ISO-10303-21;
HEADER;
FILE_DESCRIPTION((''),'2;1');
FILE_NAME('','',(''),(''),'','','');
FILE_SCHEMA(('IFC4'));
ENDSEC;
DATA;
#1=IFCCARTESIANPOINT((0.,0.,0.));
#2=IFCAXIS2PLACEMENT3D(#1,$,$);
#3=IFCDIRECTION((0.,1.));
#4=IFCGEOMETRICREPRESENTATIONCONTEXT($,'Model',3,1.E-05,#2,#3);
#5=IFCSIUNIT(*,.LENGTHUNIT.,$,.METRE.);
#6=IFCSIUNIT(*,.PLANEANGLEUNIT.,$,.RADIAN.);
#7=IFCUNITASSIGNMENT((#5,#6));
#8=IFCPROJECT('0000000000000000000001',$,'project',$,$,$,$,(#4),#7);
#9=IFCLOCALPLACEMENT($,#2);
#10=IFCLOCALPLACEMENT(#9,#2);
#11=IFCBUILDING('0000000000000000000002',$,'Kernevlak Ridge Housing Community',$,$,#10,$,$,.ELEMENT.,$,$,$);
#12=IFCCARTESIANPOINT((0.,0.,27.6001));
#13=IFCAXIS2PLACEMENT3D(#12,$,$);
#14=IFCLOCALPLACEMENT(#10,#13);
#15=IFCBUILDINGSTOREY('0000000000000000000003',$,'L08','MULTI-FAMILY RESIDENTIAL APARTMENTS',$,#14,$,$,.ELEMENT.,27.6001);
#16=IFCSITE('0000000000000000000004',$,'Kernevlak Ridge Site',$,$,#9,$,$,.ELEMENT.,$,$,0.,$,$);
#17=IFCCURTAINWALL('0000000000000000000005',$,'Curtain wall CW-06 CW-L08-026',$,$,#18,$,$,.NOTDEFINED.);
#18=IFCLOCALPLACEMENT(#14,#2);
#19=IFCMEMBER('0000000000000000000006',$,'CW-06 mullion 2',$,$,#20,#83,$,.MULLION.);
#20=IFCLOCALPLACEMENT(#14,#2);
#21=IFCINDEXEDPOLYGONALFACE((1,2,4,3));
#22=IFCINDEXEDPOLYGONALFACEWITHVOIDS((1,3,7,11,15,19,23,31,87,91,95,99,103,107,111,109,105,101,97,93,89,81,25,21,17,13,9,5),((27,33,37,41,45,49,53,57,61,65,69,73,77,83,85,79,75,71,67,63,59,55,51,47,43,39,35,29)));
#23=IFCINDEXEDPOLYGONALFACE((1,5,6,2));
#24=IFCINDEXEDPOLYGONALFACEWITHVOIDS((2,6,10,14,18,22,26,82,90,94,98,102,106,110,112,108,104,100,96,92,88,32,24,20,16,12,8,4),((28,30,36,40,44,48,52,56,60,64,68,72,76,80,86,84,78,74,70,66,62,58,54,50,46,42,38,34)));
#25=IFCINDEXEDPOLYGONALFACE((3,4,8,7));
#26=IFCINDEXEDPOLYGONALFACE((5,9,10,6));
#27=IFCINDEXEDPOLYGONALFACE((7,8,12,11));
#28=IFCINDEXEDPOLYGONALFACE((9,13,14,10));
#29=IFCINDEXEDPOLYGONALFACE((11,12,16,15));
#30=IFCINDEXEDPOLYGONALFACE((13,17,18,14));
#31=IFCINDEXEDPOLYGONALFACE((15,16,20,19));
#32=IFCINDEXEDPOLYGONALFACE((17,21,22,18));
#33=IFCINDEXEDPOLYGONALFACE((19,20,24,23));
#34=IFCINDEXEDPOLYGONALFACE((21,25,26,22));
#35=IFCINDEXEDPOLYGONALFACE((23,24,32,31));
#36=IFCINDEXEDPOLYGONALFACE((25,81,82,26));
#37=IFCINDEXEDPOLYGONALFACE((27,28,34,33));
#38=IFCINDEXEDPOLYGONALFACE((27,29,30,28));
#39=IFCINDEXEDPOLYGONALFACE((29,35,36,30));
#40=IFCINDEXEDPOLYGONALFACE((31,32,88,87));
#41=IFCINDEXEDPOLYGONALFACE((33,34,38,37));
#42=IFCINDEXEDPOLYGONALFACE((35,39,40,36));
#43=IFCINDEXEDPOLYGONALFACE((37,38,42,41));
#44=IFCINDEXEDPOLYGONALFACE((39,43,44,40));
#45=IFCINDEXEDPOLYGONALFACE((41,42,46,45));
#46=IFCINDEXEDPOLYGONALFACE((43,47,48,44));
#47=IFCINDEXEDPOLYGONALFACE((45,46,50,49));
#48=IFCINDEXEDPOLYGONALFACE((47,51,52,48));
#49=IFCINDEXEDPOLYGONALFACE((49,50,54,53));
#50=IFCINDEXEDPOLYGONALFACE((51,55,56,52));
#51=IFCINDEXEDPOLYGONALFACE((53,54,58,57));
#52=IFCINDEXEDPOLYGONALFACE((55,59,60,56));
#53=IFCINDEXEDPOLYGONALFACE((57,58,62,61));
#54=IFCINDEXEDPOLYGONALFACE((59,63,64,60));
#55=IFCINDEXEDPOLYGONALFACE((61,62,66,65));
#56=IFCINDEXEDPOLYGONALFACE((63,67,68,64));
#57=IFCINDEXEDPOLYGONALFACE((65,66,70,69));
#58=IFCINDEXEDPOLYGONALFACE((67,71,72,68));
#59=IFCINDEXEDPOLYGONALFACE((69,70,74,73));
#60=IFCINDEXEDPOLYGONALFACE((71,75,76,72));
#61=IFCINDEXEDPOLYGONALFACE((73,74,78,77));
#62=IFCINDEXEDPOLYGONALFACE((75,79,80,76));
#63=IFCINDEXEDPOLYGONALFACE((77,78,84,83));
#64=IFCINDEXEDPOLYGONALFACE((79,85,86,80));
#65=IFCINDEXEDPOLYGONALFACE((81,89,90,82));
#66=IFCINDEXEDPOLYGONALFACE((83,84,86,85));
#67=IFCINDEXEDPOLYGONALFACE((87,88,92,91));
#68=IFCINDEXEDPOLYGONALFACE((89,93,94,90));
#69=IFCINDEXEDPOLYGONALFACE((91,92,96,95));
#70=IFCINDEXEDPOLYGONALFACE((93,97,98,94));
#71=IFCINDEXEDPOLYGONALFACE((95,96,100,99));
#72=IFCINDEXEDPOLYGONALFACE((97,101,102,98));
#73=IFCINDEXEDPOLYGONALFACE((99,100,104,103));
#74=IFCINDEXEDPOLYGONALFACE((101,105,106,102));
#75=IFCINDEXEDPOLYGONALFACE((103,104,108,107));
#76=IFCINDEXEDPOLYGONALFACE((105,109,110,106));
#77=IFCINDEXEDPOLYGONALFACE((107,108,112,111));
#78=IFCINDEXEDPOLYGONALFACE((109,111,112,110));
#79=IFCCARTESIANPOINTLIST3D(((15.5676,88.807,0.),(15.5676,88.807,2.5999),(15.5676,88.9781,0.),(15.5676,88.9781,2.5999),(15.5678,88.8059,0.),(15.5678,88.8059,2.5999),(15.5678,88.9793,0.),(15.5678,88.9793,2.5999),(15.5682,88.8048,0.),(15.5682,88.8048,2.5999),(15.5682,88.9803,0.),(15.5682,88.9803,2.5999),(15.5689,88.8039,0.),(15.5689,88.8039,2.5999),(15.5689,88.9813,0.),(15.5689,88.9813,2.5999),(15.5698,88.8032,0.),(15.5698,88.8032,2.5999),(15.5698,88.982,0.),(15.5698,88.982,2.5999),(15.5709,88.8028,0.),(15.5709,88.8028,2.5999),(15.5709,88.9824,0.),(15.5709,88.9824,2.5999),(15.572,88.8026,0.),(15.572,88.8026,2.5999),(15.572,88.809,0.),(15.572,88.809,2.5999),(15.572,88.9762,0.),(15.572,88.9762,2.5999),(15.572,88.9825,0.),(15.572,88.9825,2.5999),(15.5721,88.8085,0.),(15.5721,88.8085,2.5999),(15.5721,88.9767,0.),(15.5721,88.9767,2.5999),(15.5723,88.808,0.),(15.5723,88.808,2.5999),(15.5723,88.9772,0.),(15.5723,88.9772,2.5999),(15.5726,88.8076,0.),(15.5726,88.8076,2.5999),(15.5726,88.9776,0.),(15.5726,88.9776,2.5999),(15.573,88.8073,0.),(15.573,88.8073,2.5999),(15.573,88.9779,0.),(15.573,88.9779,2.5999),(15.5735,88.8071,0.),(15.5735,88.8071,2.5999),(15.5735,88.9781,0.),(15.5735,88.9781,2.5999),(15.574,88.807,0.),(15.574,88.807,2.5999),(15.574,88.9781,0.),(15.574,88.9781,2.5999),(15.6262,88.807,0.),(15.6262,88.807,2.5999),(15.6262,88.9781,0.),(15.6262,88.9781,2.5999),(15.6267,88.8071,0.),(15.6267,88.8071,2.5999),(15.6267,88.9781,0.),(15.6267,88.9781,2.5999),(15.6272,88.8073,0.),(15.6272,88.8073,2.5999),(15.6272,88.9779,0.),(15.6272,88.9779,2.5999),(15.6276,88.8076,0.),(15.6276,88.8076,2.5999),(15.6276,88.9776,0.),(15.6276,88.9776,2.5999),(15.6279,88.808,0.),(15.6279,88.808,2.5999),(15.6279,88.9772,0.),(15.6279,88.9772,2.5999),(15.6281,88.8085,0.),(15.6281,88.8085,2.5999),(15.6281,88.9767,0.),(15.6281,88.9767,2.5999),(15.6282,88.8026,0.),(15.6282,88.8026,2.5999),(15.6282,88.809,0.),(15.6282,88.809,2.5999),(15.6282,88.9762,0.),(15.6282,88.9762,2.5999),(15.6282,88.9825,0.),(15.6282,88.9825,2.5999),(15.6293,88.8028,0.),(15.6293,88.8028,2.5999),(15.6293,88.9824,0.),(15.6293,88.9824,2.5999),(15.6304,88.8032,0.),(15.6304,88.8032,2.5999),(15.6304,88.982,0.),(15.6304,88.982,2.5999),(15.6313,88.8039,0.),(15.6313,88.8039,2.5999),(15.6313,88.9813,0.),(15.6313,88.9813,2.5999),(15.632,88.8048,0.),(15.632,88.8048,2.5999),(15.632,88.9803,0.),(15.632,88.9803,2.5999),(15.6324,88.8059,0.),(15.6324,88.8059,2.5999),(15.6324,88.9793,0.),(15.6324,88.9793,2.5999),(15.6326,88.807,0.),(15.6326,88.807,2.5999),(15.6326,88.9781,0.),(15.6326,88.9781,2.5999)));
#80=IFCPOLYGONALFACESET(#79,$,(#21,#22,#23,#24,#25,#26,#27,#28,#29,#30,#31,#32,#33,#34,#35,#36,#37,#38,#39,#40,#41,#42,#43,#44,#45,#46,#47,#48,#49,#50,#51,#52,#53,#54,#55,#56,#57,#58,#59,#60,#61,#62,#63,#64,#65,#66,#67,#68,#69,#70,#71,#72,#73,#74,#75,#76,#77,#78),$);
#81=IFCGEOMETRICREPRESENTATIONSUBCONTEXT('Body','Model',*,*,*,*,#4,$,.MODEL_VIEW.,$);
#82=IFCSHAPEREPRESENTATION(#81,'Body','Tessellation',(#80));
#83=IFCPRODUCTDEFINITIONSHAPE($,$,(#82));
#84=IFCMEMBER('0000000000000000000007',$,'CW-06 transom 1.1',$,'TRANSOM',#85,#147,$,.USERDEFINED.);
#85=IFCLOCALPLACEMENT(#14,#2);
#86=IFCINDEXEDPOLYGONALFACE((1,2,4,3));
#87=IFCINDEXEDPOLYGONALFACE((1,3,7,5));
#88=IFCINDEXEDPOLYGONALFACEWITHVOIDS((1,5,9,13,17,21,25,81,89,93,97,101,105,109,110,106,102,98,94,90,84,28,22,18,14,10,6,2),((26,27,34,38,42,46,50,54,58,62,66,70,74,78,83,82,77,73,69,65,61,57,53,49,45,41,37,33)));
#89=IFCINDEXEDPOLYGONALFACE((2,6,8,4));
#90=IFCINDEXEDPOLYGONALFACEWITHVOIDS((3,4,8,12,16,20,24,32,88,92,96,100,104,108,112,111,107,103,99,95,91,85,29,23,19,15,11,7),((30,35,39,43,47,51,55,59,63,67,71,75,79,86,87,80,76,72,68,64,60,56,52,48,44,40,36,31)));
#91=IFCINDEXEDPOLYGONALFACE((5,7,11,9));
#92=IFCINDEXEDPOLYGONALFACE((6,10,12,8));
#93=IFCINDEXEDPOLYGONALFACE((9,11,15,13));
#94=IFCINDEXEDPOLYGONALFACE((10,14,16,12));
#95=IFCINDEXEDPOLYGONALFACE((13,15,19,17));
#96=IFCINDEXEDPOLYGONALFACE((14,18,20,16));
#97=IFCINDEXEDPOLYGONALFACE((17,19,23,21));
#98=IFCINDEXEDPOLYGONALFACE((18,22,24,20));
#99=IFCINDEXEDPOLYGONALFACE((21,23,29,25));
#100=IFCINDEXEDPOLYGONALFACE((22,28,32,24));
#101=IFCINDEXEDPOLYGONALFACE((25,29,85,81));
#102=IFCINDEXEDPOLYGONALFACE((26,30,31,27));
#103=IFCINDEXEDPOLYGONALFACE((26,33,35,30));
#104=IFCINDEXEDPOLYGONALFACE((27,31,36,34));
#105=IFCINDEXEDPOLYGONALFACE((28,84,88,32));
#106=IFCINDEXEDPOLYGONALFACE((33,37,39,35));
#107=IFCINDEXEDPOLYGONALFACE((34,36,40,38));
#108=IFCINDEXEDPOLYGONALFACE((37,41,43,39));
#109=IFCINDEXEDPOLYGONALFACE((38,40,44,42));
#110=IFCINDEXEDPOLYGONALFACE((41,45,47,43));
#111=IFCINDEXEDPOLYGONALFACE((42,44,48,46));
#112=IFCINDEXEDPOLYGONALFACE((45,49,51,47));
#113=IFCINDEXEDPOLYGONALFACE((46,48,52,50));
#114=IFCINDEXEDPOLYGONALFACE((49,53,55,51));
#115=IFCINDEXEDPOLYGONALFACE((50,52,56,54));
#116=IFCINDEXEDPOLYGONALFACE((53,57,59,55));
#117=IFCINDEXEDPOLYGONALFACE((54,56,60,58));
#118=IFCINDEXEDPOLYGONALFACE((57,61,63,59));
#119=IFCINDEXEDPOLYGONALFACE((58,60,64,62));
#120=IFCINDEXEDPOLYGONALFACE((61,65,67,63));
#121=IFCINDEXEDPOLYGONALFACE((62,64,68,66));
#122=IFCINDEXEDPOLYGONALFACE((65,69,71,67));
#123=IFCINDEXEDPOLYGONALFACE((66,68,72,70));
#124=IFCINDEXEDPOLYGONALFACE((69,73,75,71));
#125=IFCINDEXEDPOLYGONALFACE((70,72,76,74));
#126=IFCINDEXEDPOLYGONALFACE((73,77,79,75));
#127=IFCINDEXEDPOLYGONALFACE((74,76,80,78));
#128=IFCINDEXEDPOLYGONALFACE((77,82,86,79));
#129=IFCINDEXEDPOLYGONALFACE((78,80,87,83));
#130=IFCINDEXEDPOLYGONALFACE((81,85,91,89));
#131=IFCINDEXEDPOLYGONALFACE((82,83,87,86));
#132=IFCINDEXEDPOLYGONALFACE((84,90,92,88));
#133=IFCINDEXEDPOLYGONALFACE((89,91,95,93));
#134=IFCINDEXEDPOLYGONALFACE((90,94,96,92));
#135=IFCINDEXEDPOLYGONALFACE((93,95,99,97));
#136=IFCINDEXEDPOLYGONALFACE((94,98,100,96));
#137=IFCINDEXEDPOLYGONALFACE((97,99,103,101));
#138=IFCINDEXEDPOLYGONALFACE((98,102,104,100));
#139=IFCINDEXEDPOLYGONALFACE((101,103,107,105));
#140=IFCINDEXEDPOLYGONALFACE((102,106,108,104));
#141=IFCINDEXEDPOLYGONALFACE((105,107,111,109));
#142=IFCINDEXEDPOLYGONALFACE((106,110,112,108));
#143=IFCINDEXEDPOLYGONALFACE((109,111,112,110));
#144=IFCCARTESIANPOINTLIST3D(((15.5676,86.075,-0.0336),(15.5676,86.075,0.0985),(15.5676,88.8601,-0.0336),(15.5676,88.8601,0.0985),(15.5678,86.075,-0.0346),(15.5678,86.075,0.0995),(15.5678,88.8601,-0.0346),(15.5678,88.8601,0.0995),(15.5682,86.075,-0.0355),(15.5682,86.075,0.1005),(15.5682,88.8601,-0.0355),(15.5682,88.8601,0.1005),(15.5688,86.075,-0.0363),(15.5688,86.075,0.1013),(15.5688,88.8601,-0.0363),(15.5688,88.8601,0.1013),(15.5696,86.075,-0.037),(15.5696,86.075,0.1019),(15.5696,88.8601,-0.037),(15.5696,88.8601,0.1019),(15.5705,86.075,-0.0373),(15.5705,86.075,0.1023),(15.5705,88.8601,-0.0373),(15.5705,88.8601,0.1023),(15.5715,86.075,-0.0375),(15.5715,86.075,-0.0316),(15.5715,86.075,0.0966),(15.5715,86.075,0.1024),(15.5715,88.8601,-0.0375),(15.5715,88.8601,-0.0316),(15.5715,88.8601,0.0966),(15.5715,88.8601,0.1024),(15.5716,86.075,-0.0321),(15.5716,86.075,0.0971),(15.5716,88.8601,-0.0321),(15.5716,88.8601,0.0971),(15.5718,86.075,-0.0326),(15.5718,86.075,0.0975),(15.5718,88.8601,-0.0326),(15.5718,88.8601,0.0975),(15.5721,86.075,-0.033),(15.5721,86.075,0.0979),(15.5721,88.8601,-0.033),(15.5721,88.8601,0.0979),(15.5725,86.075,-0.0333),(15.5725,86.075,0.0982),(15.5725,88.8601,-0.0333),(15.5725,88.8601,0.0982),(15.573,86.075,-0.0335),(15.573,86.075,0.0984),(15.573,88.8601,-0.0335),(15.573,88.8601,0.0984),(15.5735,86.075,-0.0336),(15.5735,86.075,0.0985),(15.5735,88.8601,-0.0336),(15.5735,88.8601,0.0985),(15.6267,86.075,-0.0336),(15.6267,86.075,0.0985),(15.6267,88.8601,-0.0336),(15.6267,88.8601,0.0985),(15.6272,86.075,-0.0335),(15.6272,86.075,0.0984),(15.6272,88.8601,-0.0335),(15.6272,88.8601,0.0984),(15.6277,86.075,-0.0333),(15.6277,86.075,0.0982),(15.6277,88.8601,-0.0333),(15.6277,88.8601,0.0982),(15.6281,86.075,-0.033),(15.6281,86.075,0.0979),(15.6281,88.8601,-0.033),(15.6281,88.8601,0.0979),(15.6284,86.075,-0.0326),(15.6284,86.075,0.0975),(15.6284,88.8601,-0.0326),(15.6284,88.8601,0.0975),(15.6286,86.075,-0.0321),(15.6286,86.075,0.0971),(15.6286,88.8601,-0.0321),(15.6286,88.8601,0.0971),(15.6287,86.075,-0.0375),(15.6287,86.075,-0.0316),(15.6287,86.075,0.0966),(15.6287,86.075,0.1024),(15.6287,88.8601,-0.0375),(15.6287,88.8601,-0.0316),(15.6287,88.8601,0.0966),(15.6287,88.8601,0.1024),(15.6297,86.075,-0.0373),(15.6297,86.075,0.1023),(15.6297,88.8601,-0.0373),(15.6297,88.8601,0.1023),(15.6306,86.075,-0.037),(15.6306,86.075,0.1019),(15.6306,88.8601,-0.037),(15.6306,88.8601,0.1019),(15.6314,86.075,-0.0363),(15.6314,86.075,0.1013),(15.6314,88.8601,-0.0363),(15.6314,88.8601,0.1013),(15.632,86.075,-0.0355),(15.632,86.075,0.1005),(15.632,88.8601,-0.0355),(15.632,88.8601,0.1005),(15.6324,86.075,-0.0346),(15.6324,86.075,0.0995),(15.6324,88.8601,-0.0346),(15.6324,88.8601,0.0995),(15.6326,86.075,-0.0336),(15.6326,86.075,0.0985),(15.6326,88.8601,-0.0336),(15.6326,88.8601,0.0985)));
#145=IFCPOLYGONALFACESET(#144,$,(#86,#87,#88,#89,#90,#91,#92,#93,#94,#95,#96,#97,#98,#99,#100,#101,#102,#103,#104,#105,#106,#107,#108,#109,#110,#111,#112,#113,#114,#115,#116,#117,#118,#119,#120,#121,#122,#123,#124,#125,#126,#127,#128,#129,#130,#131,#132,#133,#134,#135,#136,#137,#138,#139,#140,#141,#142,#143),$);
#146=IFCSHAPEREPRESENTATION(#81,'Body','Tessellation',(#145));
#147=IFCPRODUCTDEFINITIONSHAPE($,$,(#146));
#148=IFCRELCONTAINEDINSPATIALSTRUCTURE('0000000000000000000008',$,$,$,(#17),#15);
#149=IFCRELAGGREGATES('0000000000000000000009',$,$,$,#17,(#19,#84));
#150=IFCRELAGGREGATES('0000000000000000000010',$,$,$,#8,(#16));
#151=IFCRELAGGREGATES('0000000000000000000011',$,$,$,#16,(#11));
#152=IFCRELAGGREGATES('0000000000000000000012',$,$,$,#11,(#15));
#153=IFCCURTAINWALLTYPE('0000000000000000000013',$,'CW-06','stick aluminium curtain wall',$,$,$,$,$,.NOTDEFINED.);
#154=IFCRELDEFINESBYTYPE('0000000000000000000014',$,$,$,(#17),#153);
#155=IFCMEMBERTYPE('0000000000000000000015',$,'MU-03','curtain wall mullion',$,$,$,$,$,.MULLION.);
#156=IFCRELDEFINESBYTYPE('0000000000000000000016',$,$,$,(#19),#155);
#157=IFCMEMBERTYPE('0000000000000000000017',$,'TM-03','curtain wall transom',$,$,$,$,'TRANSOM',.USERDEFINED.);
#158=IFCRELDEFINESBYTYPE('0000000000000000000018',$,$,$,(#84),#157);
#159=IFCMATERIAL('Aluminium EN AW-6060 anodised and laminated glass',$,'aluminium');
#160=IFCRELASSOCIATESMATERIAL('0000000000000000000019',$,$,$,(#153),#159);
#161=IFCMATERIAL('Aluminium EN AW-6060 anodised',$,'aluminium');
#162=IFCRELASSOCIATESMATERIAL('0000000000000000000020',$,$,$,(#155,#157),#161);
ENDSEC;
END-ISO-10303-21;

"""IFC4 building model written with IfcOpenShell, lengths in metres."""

from ifc_helpers import new_model, si_unit, direction, frame, origin, origin_2d, place, context, subcontext, project, spatial, hollow_rectangle, extrude, material, material_profile, profile_set, type_object, element, aggregate, save


model = new_model("IFC4")

# Units and contexts
model_context = context("Model", 3, precision=1e-05, world=origin(), true_north=direction((0.0, 1.0)))
body_context = subcontext(model_context, "Body", "Model", "MODEL_VIEW")
ifc_project = project(units=[si_unit("LENGTHUNIT", "METRE"), si_unit("PLANEANGLEUNIT", "RADIAN")], contexts=[model_context])

# Site, building, storey
site_placement = place(None, origin())
site = spatial("IfcSite", under=ifc_project, at=site_placement, Name="Kernevlak Ridge Site", CompositionType="ELEMENT", RefElevation=0.0)
building_placement = place(site_placement, origin())
building = spatial("IfcBuilding", under=site, at=building_placement, Name="Kernevlak Ridge Housing Community", CompositionType="ELEMENT")
storey_placement = place(building_placement, frame((0.0, 0.0, 27.6001)))
storey = spatial("IfcBuildingStorey", under=building, at=storey_placement, Name="L08", Description="MULTI-FAMILY RESIDENTIAL APARTMENTS", CompositionType="ELEMENT", Elevation=27.6001)

# Shared definitions
ifc_material_1 = material(Name="Aluminium EN AW-6060 anodised and laminated glass", Category="aluminium")
ifc_material_2 = material(Name="Aluminium EN AW-6060 anodised", Category="aluminium")

# Curtain wall, members
curtain_wall_type_1 = type_object("IfcCurtainWallType", Name="CW-06", Description="stick aluminium curtain wall", PredefinedType="NOTDEFINED", material=ifc_material_1)
curtain_wall_1_placement = place(storey_placement, origin())
curtain_wall_1 = element("IfcCurtainWall", 1, at=curtain_wall_1_placement, inside=storey, type_object=curtain_wall_type_1, Name="Curtain wall CW-06 CW-L08-026", PredefinedType="NOTDEFINED")
ifc_material_profile_1 = material_profile(ifc_material_2, hollow_rectangle(XDim=0.0649, YDim=0.1799, WallThickness=0.0044, InnerFilletRadius=0.002, OuterFilletRadius=0.0044, at=origin_2d()), Name="ALU 65x180x4.5")
ifc_profile_set_1 = profile_set([ifc_material_profile_1], Name="Aluminium EN AW-6060 anodised")
member_type_1 = type_object("IfcMemberType", Name="MU-03", Description="curtain wall mullion", PredefinedType="MULLION", material=ifc_profile_set_1)
member_1_placement = place(storey_placement, frame((15.6001, 88.8926, 0.0), z_axis=(0.0, 0.0, 1.0), x_axis=(-1.0, 0.0, 0.0)))
member_1 = element("IfcMember", 2, at=member_1_placement, type_object=member_type_1, Name="CW-06 mullion 2", PredefinedType="MULLION", context=body_context, shape_type="SweptSolid", body=[
    extrude(hollow_rectangle(XDim=0.0649, YDim=0.1799, WallThickness=0.0044, InnerFilletRadius=0.002, OuterFilletRadius=0.0044, at=origin_2d()), origin(), (0.0, 0.0, 1.0), 2.5999),
])
ifc_material_profile_2 = material_profile(ifc_material_2, hollow_rectangle(XDim=0.0649, YDim=0.1399, WallThickness=0.0039, InnerFilletRadius=0.002, OuterFilletRadius=0.0039, at=origin_2d()), Name="ALU 65x140x4")
ifc_profile_set_2 = profile_set([ifc_material_profile_2], Name="Aluminium EN AW-6060 anodised")
member_type_2 = type_object("IfcMemberType", Name="TM-03", Description="curtain wall transom", ElementType="TRANSOM", PredefinedType="USERDEFINED", material=ifc_profile_set_2)
member_2_placement = place(storey_placement, frame((15.6001, 86.075, 0.0325), z_axis=(0.0, 1.0, 0.0), x_axis=(-1.0, 0.0, 0.0)))
member_2 = element("IfcMember", 3, at=member_2_placement, type_object=member_type_2, Name="CW-06 transom 1.1", ObjectType="TRANSOM", PredefinedType="USERDEFINED", context=body_context, shape_type="SweptSolid", body=[
    extrude(hollow_rectangle(XDim=0.0649, YDim=0.1399, WallThickness=0.0039, InnerFilletRadius=0.002, OuterFilletRadius=0.0039, at=origin_2d()), origin(), (0.0, 0.0, 1.0), 2.7852),
])

aggregate(curtain_wall_1, [member_1, member_2])

save(model, "model.ifc")
